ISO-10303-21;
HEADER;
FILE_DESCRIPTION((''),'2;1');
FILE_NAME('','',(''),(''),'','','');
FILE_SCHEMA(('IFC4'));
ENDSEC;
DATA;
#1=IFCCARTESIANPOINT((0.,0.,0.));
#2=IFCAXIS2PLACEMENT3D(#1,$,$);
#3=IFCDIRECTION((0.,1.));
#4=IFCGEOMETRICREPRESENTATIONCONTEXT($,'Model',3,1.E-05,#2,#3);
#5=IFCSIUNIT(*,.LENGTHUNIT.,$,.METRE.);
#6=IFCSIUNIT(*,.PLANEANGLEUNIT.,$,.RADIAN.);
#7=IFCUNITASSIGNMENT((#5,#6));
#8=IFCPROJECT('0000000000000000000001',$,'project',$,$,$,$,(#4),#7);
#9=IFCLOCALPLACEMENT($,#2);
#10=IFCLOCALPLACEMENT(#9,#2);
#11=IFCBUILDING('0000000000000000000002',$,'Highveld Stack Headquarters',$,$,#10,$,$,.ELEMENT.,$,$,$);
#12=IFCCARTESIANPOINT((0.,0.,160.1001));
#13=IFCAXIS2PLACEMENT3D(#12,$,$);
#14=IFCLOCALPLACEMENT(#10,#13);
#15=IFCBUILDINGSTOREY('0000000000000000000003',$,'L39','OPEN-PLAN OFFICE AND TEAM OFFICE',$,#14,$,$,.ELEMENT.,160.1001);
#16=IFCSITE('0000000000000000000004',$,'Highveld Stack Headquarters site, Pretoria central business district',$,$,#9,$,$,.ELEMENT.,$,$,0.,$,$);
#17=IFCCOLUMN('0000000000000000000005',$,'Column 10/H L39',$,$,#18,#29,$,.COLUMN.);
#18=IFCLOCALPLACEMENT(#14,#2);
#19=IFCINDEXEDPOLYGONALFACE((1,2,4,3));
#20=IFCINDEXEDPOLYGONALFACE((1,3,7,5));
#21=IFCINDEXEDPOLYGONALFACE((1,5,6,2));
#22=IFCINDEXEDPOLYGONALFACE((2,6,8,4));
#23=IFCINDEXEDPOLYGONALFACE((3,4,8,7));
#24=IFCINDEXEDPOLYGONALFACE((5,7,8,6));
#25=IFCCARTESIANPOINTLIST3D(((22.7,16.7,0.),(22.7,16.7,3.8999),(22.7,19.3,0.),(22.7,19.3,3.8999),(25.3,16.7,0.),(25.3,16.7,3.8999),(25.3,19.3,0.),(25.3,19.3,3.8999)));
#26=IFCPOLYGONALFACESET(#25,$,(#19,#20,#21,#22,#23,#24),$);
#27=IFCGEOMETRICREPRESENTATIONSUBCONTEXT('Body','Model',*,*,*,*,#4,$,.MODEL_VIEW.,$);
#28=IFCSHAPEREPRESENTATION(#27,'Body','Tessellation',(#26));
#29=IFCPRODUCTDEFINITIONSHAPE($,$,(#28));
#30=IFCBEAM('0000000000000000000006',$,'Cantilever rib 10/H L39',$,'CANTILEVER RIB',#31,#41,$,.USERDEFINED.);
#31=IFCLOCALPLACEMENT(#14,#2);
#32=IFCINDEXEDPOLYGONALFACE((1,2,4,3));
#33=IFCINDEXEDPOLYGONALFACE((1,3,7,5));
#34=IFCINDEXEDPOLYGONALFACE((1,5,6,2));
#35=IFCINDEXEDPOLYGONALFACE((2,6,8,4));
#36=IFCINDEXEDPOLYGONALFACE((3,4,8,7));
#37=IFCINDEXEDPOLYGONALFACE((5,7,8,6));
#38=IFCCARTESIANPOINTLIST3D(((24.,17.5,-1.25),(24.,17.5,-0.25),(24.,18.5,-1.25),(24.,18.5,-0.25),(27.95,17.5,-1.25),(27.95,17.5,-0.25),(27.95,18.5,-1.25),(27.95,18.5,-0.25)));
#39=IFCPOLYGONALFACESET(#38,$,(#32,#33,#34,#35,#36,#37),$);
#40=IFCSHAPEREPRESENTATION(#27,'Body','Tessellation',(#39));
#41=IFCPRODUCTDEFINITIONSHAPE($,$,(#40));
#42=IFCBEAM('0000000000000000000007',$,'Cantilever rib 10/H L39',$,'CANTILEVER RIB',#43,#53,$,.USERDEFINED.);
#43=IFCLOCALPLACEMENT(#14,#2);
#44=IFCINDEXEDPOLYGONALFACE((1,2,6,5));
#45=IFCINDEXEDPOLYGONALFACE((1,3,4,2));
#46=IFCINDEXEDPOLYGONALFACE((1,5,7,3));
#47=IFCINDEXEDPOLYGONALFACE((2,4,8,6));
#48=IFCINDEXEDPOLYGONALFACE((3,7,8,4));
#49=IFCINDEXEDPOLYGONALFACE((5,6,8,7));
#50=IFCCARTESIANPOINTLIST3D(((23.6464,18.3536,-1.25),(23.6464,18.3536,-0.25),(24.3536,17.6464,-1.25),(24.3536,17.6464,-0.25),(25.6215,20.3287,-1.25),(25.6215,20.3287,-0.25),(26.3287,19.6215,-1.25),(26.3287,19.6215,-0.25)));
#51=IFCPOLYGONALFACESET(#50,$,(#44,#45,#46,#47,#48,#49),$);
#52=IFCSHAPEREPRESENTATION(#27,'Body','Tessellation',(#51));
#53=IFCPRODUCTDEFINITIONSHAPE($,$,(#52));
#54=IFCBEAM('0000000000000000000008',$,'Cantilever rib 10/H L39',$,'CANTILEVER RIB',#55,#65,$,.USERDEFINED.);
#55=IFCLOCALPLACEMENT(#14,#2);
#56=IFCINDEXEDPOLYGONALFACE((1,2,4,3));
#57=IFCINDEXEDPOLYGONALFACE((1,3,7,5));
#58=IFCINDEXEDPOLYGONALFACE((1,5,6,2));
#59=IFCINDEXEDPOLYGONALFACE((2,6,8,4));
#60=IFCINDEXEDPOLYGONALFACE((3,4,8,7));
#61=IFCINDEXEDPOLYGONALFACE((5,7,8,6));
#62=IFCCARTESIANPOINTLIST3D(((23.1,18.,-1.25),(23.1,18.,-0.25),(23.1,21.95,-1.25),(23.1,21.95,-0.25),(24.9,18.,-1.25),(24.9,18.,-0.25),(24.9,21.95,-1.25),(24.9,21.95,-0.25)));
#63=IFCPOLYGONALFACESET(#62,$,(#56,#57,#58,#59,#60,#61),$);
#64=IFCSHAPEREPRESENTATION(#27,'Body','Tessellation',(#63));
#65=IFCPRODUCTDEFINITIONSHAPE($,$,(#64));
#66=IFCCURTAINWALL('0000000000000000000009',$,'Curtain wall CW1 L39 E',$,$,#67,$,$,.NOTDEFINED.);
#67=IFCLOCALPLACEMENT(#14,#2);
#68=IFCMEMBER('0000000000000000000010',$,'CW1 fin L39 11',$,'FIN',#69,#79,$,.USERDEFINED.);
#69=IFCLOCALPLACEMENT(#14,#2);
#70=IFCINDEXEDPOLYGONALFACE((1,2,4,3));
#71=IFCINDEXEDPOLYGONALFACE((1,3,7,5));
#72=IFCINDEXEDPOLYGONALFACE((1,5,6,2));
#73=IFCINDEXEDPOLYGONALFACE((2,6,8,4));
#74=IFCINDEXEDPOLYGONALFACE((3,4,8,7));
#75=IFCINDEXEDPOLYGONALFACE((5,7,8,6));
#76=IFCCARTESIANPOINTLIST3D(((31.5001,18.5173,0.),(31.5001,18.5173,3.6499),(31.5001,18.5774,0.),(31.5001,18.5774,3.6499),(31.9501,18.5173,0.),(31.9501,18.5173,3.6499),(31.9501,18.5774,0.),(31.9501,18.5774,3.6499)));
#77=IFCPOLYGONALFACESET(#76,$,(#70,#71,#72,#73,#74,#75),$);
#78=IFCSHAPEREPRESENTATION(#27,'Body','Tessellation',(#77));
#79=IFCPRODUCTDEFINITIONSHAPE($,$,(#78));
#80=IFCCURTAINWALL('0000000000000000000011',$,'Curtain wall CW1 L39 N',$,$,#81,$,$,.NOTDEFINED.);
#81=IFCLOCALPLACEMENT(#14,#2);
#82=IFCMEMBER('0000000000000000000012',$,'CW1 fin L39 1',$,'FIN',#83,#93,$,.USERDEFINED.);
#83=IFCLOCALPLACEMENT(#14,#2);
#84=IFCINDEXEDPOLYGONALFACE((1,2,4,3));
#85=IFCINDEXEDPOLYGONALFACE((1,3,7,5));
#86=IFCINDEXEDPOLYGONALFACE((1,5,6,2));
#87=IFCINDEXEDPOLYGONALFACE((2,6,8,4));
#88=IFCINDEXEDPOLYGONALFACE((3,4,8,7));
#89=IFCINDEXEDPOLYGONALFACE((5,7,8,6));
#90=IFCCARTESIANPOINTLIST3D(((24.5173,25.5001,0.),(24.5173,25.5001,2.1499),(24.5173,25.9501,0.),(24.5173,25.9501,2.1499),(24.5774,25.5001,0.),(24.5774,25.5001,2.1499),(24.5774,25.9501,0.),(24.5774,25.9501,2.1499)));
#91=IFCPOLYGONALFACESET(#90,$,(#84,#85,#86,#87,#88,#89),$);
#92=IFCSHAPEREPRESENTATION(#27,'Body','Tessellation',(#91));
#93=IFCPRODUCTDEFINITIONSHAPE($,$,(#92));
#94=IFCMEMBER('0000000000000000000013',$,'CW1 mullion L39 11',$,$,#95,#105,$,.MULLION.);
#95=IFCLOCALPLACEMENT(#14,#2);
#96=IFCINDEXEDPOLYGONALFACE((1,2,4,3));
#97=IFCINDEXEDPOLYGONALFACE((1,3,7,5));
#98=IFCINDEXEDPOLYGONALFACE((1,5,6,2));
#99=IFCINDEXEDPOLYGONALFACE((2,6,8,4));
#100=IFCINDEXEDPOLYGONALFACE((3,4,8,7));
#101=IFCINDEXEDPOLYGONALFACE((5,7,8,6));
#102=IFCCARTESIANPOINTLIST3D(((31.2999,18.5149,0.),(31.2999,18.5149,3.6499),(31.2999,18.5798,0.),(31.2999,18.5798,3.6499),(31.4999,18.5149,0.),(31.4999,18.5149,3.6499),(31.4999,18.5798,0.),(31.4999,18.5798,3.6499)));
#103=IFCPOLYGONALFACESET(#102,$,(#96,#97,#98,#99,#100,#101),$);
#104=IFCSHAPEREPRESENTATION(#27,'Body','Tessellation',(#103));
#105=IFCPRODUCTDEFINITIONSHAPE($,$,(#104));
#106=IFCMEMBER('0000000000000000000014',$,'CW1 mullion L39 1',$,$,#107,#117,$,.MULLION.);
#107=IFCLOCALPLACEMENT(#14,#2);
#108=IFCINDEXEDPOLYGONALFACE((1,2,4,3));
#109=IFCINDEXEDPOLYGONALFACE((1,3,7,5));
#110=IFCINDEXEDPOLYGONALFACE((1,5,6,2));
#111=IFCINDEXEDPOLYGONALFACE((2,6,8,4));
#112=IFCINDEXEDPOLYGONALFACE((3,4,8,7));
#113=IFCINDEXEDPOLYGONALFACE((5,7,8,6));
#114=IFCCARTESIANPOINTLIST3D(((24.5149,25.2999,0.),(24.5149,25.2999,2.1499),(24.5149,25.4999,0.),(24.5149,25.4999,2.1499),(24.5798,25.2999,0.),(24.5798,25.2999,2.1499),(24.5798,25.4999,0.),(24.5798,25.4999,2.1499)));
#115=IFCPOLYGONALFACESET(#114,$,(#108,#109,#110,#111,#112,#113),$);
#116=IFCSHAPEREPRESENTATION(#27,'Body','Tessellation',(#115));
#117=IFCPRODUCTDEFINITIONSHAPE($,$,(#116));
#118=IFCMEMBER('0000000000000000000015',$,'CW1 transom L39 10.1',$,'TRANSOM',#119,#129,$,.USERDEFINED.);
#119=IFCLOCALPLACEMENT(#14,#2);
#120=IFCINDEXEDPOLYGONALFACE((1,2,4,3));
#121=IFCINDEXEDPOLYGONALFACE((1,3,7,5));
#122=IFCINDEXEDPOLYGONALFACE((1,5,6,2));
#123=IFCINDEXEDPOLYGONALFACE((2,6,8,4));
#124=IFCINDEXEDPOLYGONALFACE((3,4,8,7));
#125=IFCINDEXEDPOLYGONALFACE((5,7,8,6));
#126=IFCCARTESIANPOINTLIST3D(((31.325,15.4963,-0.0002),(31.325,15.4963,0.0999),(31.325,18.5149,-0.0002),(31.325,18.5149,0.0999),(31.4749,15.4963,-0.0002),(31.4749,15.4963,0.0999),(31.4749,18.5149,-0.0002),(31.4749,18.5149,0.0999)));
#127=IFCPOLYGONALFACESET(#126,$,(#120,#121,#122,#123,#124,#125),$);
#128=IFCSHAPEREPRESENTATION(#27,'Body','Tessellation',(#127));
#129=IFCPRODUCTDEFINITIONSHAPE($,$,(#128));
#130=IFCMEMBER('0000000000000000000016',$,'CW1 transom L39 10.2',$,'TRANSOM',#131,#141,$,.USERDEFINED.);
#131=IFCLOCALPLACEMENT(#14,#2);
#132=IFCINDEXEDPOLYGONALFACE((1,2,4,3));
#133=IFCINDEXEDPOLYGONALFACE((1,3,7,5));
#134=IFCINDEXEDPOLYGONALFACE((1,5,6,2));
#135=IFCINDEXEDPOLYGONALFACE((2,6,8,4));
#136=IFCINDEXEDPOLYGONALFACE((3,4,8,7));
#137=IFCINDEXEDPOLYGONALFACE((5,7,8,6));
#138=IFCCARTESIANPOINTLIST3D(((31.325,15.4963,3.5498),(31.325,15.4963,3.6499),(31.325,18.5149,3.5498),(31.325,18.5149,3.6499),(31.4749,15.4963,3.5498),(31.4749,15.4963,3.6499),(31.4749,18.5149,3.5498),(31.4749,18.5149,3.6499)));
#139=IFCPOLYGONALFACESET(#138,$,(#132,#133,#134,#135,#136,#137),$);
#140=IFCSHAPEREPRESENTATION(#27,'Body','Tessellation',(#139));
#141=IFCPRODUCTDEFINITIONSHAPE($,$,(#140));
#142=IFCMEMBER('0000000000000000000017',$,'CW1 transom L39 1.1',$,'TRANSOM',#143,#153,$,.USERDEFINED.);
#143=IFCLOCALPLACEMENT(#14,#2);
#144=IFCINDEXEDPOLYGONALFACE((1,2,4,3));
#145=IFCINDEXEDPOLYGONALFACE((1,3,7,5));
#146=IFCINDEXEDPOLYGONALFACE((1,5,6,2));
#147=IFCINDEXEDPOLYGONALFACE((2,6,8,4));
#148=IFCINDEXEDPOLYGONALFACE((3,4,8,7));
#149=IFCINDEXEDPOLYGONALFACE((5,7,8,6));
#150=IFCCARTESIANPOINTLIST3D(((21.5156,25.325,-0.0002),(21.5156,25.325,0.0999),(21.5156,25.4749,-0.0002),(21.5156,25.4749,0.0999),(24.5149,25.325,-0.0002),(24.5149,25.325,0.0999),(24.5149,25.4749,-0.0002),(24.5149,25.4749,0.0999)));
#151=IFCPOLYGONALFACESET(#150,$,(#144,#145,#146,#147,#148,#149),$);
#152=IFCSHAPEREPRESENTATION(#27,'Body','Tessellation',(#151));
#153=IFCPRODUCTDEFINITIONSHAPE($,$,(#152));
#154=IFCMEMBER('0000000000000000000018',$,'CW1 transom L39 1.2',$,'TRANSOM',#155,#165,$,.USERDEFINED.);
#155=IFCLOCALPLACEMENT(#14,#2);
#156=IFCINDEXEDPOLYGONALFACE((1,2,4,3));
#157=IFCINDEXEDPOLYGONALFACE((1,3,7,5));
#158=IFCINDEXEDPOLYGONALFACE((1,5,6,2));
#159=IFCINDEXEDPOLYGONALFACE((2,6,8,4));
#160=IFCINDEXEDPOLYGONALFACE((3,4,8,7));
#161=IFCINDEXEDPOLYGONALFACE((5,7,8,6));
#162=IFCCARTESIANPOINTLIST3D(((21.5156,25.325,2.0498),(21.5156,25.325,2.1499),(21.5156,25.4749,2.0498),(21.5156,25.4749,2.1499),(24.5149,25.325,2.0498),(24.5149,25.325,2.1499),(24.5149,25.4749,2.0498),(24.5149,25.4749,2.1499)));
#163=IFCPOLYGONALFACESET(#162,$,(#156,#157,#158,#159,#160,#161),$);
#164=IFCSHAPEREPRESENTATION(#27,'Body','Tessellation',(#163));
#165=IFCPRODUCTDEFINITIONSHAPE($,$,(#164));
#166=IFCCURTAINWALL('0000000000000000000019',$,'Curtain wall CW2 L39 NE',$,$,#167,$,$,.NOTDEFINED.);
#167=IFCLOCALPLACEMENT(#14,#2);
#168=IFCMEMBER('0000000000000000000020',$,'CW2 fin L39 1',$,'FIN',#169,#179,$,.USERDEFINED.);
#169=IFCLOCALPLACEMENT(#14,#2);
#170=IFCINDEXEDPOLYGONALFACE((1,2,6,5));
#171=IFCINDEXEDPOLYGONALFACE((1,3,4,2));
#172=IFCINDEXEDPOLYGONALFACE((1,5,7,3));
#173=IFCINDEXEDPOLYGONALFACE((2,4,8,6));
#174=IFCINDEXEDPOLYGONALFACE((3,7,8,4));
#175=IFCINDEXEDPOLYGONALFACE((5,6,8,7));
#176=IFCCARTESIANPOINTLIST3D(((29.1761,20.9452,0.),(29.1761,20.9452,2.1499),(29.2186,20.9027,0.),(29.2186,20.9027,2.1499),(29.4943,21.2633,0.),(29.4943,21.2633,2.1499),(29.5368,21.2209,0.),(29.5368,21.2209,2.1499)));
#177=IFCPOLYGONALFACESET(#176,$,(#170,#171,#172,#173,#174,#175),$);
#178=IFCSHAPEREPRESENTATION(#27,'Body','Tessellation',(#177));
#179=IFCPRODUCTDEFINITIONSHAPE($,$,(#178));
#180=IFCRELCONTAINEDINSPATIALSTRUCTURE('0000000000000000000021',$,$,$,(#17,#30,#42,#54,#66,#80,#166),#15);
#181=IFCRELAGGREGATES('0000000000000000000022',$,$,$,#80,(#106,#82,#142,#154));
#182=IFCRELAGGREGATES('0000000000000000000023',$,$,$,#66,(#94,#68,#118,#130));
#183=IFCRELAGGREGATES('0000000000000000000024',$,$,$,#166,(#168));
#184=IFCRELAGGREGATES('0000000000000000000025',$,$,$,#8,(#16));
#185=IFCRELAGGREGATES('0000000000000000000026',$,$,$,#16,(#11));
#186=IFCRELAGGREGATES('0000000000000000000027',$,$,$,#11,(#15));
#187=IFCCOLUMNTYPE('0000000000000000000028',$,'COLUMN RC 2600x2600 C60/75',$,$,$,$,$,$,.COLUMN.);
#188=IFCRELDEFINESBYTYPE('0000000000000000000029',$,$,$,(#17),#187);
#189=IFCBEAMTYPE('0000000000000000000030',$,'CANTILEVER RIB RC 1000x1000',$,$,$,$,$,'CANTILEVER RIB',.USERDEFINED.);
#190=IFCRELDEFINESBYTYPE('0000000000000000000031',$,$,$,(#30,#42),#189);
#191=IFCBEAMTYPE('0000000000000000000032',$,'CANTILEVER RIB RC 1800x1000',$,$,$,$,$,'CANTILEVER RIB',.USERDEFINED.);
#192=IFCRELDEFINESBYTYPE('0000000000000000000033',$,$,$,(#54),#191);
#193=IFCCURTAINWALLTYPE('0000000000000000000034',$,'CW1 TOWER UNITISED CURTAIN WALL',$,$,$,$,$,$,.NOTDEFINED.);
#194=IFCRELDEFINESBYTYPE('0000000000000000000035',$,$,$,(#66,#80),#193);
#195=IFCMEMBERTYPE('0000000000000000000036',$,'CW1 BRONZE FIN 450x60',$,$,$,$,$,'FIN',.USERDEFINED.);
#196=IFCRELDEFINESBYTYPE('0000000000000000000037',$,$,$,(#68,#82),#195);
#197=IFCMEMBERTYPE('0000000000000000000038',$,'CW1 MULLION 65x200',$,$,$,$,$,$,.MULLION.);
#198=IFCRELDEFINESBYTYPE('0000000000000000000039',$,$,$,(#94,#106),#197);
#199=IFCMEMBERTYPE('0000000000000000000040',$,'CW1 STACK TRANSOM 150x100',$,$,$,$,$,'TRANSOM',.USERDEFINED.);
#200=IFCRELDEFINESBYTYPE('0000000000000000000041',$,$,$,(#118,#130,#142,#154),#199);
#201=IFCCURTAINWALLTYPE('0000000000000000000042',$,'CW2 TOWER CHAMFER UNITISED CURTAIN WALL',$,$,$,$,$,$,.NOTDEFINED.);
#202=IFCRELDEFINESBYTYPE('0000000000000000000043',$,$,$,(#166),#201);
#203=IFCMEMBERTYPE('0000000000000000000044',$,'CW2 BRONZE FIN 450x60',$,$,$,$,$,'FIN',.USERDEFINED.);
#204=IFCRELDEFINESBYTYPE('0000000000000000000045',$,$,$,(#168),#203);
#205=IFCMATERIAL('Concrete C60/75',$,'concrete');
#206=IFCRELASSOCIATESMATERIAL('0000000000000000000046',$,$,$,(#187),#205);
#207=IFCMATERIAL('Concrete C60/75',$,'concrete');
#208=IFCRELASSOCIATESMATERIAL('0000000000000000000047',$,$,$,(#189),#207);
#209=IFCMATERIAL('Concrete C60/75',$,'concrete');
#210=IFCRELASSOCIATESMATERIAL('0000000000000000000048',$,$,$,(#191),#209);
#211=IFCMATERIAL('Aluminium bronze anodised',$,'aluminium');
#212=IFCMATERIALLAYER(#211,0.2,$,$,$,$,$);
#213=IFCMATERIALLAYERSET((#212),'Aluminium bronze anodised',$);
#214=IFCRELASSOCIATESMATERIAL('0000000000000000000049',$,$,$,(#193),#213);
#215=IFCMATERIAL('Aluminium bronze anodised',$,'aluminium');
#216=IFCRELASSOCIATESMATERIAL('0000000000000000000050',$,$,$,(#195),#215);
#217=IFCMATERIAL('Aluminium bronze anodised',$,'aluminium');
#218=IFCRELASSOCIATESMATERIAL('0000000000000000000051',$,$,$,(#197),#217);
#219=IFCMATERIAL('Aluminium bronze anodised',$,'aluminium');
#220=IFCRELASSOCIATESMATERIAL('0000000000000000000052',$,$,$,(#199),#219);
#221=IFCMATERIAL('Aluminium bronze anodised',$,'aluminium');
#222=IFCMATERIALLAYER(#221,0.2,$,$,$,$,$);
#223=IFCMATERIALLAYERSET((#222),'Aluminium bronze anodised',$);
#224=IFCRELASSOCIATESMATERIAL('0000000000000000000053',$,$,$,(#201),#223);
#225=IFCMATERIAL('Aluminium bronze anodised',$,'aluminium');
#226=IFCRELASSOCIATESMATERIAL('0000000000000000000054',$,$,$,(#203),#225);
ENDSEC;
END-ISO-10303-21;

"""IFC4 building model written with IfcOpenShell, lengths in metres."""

from ifc_helpers import new_model, si_unit, direction, frame, origin, origin_2d, place, context, subcontext, project, spatial, rectangle, extrude, material, layer, layer_set, material_profile, profile_set, type_object, element, aggregate, save


model = new_model("IFC4")

# Units and contexts
model_context = context("Model", 3, precision=1e-05, world=origin(), true_north=direction((0.0, 1.0)))
body_context = subcontext(model_context, "Body", "Model", "MODEL_VIEW")
ifc_project = project(units=[si_unit("LENGTHUNIT", "METRE"), si_unit("PLANEANGLEUNIT", "RADIAN")], contexts=[model_context])

# Site, building, storey
site_placement = place(None, origin())
site = spatial("IfcSite", under=ifc_project, at=site_placement, Name="Highveld Stack Headquarters site, Pretoria central business district", CompositionType="ELEMENT", RefElevation=0.0)
building_placement = place(site_placement, origin())
building = spatial("IfcBuilding", under=site, at=building_placement, Name="Highveld Stack Headquarters", CompositionType="ELEMENT")
storey_placement = place(building_placement, frame((0.0, 0.0, 160.1001)))
storey = spatial("IfcBuildingStorey", under=building, at=storey_placement, Name="L39", Description="OPEN-PLAN OFFICE AND TEAM OFFICE", CompositionType="ELEMENT", Elevation=160.1001)

# Column
ifc_material_1 = material(Name="Concrete C60/75", Category="concrete")
ifc_material_profile_1 = material_profile(ifc_material_1, rectangle(XDim=2.6001, YDim=2.6001, at=origin_2d()), Name="RC 2600x2600")
ifc_profile_set_1 = profile_set([ifc_material_profile_1], Name="Concrete C60/75")
column_type = type_object("IfcColumnType", Name="COLUMN RC 2600x2600 C60/75", PredefinedType="COLUMN", material=ifc_profile_set_1)
column_placement = place(storey_placement, frame((24.0, 18.0, 0.0), z_axis=(0.0, 0.0, 1.0), x_axis=(1.0, 0.0, 0.0)))
element("IfcColumn", 1, at=column_placement, inside=storey, type_object=column_type, Name="Column 10/H L39", PredefinedType="COLUMN", context=body_context, shape_type="SweptSolid", body=[
    extrude(rectangle(XDim=2.6001, YDim=2.6001, at=origin_2d()), origin(), (0.0, 0.0, 1.0), 3.8999),
])

# Beams
ifc_material_2 = material(Name="Concrete C60/75", Category="concrete")
ifc_material_profile_2 = material_profile(ifc_material_2, rectangle(XDim=1.0, YDim=1.0, at=origin_2d()), Name="RC 1000x1000")
ifc_profile_set_2 = profile_set([ifc_material_profile_2], Name="Concrete C60/75")
beam_type_1 = type_object("IfcBeamType", Name="CANTILEVER RIB RC 1000x1000", ElementType="CANTILEVER RIB", PredefinedType="USERDEFINED", material=ifc_profile_set_2)
beam_1_placement = place(storey_placement, frame((24.0, 18.0, -0.75), z_axis=(1.0, 0.0, 0.0), x_axis=(0.0, 1.0, 0.0)))
element("IfcBeam", 2, at=beam_1_placement, inside=storey, type_object=beam_type_1, Name="Cantilever rib 10/H L39", ObjectType="CANTILEVER RIB", PredefinedType="USERDEFINED", context=body_context, shape_type="SweptSolid", body=[
    extrude(rectangle(XDim=1.0, YDim=1.0, at=origin_2d()), origin(), (0.0, 0.0, 1.0), 3.95),
])
beam_2_placement = place(storey_placement, frame((24.0, 18.0, -0.75), z_axis=(0.707107, 0.707107, 0.0), x_axis=(-0.707107, 0.707107, 0.0)))
element("IfcBeam", 3, at=beam_2_placement, inside=storey, type_object=beam_type_1, Name="Cantilever rib 10/H L39", ObjectType="CANTILEVER RIB", PredefinedType="USERDEFINED", context=body_context, shape_type="SweptSolid", body=[
    extrude(rectangle(XDim=1.0, YDim=1.0, at=origin_2d()), origin(), (0.0, 0.0, 1.0), 2.7932),
])
ifc_material_3 = material(Name="Concrete C60/75", Category="concrete")
ifc_material_profile_3 = material_profile(ifc_material_3, rectangle(XDim=1.8, YDim=1.0, at=origin_2d()), Name="RC 1800x1000")
ifc_profile_set_3 = profile_set([ifc_material_profile_3], Name="Concrete C60/75")
beam_type_2 = type_object("IfcBeamType", Name="CANTILEVER RIB RC 1800x1000", ElementType="CANTILEVER RIB", PredefinedType="USERDEFINED", material=ifc_profile_set_3)
beam_3_placement = place(storey_placement, frame((24.0, 18.0, -0.75), z_axis=(0.0, 1.0, 0.0), x_axis=(-1.0, 0.0, 0.0)))
element("IfcBeam", 4, at=beam_3_placement, inside=storey, type_object=beam_type_2, Name="Cantilever rib 10/H L39", ObjectType="CANTILEVER RIB", PredefinedType="USERDEFINED", context=body_context, shape_type="SweptSolid", body=[
    extrude(rectangle(XDim=1.8, YDim=1.0, at=origin_2d()), origin(), (0.0, 0.0, 1.0), 3.95),
])

# Curtain walls, members
ifc_material_4 = material(Name="Aluminium bronze anodised", Category="aluminium")
ifc_layer_1 = layer(ifc_material_4, 0.2)
ifc_layer_set_1 = layer_set([ifc_layer_1], Name="Aluminium bronze anodised")
curtain_wall_type_1 = type_object("IfcCurtainWallType", Name="CW1 TOWER UNITISED CURTAIN WALL", PredefinedType="NOTDEFINED", material=ifc_layer_set_1)
curtain_wall_1_placement = place(storey_placement, origin())
curtain_wall_1 = element("IfcCurtainWall", 5, at=curtain_wall_1_placement, inside=storey, type_object=curtain_wall_type_1, Name="Curtain wall CW1 L39 E", PredefinedType="NOTDEFINED")
ifc_material_5 = material(Name="Aluminium bronze anodised", Category="aluminium")
ifc_material_profile_4 = material_profile(ifc_material_5, rectangle(XDim=0.45, YDim=0.0601, at=origin_2d()), Name="FIN 450x60")
ifc_profile_set_4 = profile_set([ifc_material_profile_4], Name="Aluminium bronze anodised")
member_type_1 = type_object("IfcMemberType", Name="CW1 BRONZE FIN 450x60", ElementType="FIN", PredefinedType="USERDEFINED", material=ifc_profile_set_4)
member_1_placement = place(storey_placement, frame((31.7251, 18.5474, 0.0), z_axis=(0.0, 0.0, 1.0), x_axis=(-1.0, 0.0, 0.0)))
member_1 = element("IfcMember", 6, at=member_1_placement, type_object=member_type_1, Name="CW1 fin L39 11", ObjectType="FIN", PredefinedType="USERDEFINED", context=body_context, shape_type="SweptSolid", body=[
    extrude(rectangle(XDim=0.45, YDim=0.0601, at=origin_2d()), origin(), (0.0, 0.0, 1.0), 3.6499),
])
curtain_wall_2_placement = place(storey_placement, origin())
curtain_wall_2 = element("IfcCurtainWall", 7, at=curtain_wall_2_placement, inside=storey, type_object=curtain_wall_type_1, Name="Curtain wall CW1 L39 N", PredefinedType="NOTDEFINED")
member_2_placement = place(storey_placement, frame((24.5474, 25.7251, 0.0), z_axis=(0.0, 0.0, 1.0), x_axis=(0.0, -1.0, 0.0)))
member_2 = element("IfcMember", 8, at=member_2_placement, type_object=member_type_1, Name="CW1 fin L39 1", ObjectType="FIN", PredefinedType="USERDEFINED", context=body_context, shape_type="SweptSolid", body=[
    extrude(rectangle(XDim=0.45, YDim=0.0601, at=origin_2d()), origin(), (0.0, 0.0, 1.0), 2.1499),
])

# Members
ifc_material_6 = material(Name="Aluminium bronze anodised", Category="aluminium")
ifc_material_profile_5 = material_profile(ifc_material_6, rectangle(XDim=0.2, YDim=0.0649, at=origin_2d()), Name="CW1 MULLION 65x200")
ifc_profile_set_5 = profile_set([ifc_material_profile_5], Name="Aluminium bronze anodised")
member_type_2 = type_object("IfcMemberType", Name="CW1 MULLION 65x200", PredefinedType="MULLION", material=ifc_profile_set_5)
member_3_placement = place(storey_placement, frame((31.3999, 18.5474, 0.0), z_axis=(0.0, 0.0, 1.0), x_axis=(-1.0, 0.0, 0.0)))
member_3 = element("IfcMember", 9, at=member_3_placement, type_object=member_type_2, Name="CW1 mullion L39 11", PredefinedType="MULLION", context=body_context, shape_type="SweptSolid", body=[
    extrude(rectangle(XDim=0.2, YDim=0.0649, at=origin_2d()), origin(), (0.0, 0.0, 1.0), 3.6499),
])
member_4_placement = place(storey_placement, frame((24.5474, 25.3999, 0.0), z_axis=(0.0, 0.0, 1.0), x_axis=(0.0, -1.0, 0.0)))
member_4 = element("IfcMember", 10, at=member_4_placement, type_object=member_type_2, Name="CW1 mullion L39 1", PredefinedType="MULLION", context=body_context, shape_type="SweptSolid", body=[
    extrude(rectangle(XDim=0.2, YDim=0.0649, at=origin_2d()), origin(), (0.0, 0.0, 1.0), 2.1499),
])
ifc_material_7 = material(Name="Aluminium bronze anodised", Category="aluminium")
ifc_material_profile_6 = material_profile(ifc_material_7, rectangle(XDim=0.1499, YDim=0.1001, at=origin_2d()), Name="CW1 TRANSOM 150x100")
ifc_profile_set_6 = profile_set([ifc_material_profile_6], Name="Aluminium bronze anodised")
member_type_3 = type_object("IfcMemberType", Name="CW1 STACK TRANSOM 150x100", ElementType="TRANSOM", PredefinedType="USERDEFINED", material=ifc_profile_set_6)
member_5_placement = place(storey_placement, frame((31.3999, 15.4963, 0.0498), z_axis=(0.0, 1.0, 0.0), x_axis=(-1.0, 0.0, 0.0)))
member_5 = element("IfcMember", 11, at=member_5_placement, type_object=member_type_3, Name="CW1 transom L39 10.1", ObjectType="TRANSOM", PredefinedType="USERDEFINED", context=body_context, shape_type="SweptSolid", body=[
    extrude(rectangle(XDim=0.1499, YDim=0.1001, at=origin_2d()), origin(), (0.0, 0.0, 1.0), 3.0186),
])
member_6_placement = place(storey_placement, frame((31.3999, 15.4963, 3.5999), z_axis=(0.0, 1.0, 0.0), x_axis=(-1.0, 0.0, 0.0)))
member_6 = element("IfcMember", 12, at=member_6_placement, type_object=member_type_3, Name="CW1 transom L39 10.2", ObjectType="TRANSOM", PredefinedType="USERDEFINED", context=body_context, shape_type="SweptSolid", body=[
    extrude(rectangle(XDim=0.1499, YDim=0.1001, at=origin_2d()), origin(), (0.0, 0.0, 1.0), 3.0186),
])
member_7_placement = place(storey_placement, frame((24.5149, 25.3999, 0.0498), z_axis=(-1.0, 0.0, 0.0), x_axis=(0.0, -1.0, 0.0)))
member_7 = element("IfcMember", 13, at=member_7_placement, type_object=member_type_3, Name="CW1 transom L39 1.1", ObjectType="TRANSOM", PredefinedType="USERDEFINED", context=body_context, shape_type="SweptSolid", body=[
    extrude(rectangle(XDim=0.1499, YDim=0.1001, at=origin_2d()), origin(), (0.0, 0.0, 1.0), 2.9993),
])
member_8_placement = place(storey_placement, frame((24.5149, 25.3999, 2.0999), z_axis=(-1.0, 0.0, 0.0), x_axis=(0.0, -1.0, 0.0)))
member_8 = element("IfcMember", 14, at=member_8_placement, type_object=member_type_3, Name="CW1 transom L39 1.2", ObjectType="TRANSOM", PredefinedType="USERDEFINED", context=body_context, shape_type="SweptSolid", body=[
    extrude(rectangle(XDim=0.1499, YDim=0.1001, at=origin_2d()), origin(), (0.0, 0.0, 1.0), 2.9993),
])
aggregate(curtain_wall_2, [member_4, member_2, member_7, member_8])

# Curtain wall, member
ifc_material_8 = material(Name="Aluminium bronze anodised", Category="aluminium")
ifc_layer_2 = layer(ifc_material_8, 0.2)
ifc_layer_set_2 = layer_set([ifc_layer_2], Name="Aluminium bronze anodised")
curtain_wall_type_2 = type_object("IfcCurtainWallType", Name="CW2 TOWER CHAMFER UNITISED CURTAIN WALL", PredefinedType="NOTDEFINED", material=ifc_layer_set_2)
curtain_wall_3_placement = place(storey_placement, origin())
curtain_wall_3 = element("IfcCurtainWall", 15, at=curtain_wall_3_placement, inside=storey, type_object=curtain_wall_type_2, Name="Curtain wall CW2 L39 NE", PredefinedType="NOTDEFINED")
ifc_material_9 = material(Name="Aluminium bronze anodised", Category="aluminium")
ifc_material_profile_7 = material_profile(ifc_material_9, rectangle(XDim=0.45, YDim=0.0601, at=origin_2d()), Name="FIN 450x60")
ifc_profile_set_7 = profile_set([ifc_material_profile_7], Name="Aluminium bronze anodised")
member_type_4 = type_object("IfcMemberType", Name="CW2 BRONZE FIN 450x60", ElementType="FIN", PredefinedType="USERDEFINED", material=ifc_profile_set_7)
member_9_placement = place(storey_placement, frame((29.3564, 21.083, 0.0), z_axis=(0.0, 0.0, 1.0), x_axis=(-0.707107, -0.707107, 0.0)))
member_9 = element("IfcMember", 16, at=member_9_placement, type_object=member_type_4, Name="CW2 fin L39 1", ObjectType="FIN", PredefinedType="USERDEFINED", context=body_context, shape_type="SweptSolid", body=[
    extrude(rectangle(XDim=0.45, YDim=0.0601, at=origin_2d()), origin(), (0.0, 0.0, 1.0), 2.1499),
])

aggregate(curtain_wall_1, [member_3, member_1, member_5, member_6])
aggregate(curtain_wall_3, [member_9])

save(model, "model.ifc")
